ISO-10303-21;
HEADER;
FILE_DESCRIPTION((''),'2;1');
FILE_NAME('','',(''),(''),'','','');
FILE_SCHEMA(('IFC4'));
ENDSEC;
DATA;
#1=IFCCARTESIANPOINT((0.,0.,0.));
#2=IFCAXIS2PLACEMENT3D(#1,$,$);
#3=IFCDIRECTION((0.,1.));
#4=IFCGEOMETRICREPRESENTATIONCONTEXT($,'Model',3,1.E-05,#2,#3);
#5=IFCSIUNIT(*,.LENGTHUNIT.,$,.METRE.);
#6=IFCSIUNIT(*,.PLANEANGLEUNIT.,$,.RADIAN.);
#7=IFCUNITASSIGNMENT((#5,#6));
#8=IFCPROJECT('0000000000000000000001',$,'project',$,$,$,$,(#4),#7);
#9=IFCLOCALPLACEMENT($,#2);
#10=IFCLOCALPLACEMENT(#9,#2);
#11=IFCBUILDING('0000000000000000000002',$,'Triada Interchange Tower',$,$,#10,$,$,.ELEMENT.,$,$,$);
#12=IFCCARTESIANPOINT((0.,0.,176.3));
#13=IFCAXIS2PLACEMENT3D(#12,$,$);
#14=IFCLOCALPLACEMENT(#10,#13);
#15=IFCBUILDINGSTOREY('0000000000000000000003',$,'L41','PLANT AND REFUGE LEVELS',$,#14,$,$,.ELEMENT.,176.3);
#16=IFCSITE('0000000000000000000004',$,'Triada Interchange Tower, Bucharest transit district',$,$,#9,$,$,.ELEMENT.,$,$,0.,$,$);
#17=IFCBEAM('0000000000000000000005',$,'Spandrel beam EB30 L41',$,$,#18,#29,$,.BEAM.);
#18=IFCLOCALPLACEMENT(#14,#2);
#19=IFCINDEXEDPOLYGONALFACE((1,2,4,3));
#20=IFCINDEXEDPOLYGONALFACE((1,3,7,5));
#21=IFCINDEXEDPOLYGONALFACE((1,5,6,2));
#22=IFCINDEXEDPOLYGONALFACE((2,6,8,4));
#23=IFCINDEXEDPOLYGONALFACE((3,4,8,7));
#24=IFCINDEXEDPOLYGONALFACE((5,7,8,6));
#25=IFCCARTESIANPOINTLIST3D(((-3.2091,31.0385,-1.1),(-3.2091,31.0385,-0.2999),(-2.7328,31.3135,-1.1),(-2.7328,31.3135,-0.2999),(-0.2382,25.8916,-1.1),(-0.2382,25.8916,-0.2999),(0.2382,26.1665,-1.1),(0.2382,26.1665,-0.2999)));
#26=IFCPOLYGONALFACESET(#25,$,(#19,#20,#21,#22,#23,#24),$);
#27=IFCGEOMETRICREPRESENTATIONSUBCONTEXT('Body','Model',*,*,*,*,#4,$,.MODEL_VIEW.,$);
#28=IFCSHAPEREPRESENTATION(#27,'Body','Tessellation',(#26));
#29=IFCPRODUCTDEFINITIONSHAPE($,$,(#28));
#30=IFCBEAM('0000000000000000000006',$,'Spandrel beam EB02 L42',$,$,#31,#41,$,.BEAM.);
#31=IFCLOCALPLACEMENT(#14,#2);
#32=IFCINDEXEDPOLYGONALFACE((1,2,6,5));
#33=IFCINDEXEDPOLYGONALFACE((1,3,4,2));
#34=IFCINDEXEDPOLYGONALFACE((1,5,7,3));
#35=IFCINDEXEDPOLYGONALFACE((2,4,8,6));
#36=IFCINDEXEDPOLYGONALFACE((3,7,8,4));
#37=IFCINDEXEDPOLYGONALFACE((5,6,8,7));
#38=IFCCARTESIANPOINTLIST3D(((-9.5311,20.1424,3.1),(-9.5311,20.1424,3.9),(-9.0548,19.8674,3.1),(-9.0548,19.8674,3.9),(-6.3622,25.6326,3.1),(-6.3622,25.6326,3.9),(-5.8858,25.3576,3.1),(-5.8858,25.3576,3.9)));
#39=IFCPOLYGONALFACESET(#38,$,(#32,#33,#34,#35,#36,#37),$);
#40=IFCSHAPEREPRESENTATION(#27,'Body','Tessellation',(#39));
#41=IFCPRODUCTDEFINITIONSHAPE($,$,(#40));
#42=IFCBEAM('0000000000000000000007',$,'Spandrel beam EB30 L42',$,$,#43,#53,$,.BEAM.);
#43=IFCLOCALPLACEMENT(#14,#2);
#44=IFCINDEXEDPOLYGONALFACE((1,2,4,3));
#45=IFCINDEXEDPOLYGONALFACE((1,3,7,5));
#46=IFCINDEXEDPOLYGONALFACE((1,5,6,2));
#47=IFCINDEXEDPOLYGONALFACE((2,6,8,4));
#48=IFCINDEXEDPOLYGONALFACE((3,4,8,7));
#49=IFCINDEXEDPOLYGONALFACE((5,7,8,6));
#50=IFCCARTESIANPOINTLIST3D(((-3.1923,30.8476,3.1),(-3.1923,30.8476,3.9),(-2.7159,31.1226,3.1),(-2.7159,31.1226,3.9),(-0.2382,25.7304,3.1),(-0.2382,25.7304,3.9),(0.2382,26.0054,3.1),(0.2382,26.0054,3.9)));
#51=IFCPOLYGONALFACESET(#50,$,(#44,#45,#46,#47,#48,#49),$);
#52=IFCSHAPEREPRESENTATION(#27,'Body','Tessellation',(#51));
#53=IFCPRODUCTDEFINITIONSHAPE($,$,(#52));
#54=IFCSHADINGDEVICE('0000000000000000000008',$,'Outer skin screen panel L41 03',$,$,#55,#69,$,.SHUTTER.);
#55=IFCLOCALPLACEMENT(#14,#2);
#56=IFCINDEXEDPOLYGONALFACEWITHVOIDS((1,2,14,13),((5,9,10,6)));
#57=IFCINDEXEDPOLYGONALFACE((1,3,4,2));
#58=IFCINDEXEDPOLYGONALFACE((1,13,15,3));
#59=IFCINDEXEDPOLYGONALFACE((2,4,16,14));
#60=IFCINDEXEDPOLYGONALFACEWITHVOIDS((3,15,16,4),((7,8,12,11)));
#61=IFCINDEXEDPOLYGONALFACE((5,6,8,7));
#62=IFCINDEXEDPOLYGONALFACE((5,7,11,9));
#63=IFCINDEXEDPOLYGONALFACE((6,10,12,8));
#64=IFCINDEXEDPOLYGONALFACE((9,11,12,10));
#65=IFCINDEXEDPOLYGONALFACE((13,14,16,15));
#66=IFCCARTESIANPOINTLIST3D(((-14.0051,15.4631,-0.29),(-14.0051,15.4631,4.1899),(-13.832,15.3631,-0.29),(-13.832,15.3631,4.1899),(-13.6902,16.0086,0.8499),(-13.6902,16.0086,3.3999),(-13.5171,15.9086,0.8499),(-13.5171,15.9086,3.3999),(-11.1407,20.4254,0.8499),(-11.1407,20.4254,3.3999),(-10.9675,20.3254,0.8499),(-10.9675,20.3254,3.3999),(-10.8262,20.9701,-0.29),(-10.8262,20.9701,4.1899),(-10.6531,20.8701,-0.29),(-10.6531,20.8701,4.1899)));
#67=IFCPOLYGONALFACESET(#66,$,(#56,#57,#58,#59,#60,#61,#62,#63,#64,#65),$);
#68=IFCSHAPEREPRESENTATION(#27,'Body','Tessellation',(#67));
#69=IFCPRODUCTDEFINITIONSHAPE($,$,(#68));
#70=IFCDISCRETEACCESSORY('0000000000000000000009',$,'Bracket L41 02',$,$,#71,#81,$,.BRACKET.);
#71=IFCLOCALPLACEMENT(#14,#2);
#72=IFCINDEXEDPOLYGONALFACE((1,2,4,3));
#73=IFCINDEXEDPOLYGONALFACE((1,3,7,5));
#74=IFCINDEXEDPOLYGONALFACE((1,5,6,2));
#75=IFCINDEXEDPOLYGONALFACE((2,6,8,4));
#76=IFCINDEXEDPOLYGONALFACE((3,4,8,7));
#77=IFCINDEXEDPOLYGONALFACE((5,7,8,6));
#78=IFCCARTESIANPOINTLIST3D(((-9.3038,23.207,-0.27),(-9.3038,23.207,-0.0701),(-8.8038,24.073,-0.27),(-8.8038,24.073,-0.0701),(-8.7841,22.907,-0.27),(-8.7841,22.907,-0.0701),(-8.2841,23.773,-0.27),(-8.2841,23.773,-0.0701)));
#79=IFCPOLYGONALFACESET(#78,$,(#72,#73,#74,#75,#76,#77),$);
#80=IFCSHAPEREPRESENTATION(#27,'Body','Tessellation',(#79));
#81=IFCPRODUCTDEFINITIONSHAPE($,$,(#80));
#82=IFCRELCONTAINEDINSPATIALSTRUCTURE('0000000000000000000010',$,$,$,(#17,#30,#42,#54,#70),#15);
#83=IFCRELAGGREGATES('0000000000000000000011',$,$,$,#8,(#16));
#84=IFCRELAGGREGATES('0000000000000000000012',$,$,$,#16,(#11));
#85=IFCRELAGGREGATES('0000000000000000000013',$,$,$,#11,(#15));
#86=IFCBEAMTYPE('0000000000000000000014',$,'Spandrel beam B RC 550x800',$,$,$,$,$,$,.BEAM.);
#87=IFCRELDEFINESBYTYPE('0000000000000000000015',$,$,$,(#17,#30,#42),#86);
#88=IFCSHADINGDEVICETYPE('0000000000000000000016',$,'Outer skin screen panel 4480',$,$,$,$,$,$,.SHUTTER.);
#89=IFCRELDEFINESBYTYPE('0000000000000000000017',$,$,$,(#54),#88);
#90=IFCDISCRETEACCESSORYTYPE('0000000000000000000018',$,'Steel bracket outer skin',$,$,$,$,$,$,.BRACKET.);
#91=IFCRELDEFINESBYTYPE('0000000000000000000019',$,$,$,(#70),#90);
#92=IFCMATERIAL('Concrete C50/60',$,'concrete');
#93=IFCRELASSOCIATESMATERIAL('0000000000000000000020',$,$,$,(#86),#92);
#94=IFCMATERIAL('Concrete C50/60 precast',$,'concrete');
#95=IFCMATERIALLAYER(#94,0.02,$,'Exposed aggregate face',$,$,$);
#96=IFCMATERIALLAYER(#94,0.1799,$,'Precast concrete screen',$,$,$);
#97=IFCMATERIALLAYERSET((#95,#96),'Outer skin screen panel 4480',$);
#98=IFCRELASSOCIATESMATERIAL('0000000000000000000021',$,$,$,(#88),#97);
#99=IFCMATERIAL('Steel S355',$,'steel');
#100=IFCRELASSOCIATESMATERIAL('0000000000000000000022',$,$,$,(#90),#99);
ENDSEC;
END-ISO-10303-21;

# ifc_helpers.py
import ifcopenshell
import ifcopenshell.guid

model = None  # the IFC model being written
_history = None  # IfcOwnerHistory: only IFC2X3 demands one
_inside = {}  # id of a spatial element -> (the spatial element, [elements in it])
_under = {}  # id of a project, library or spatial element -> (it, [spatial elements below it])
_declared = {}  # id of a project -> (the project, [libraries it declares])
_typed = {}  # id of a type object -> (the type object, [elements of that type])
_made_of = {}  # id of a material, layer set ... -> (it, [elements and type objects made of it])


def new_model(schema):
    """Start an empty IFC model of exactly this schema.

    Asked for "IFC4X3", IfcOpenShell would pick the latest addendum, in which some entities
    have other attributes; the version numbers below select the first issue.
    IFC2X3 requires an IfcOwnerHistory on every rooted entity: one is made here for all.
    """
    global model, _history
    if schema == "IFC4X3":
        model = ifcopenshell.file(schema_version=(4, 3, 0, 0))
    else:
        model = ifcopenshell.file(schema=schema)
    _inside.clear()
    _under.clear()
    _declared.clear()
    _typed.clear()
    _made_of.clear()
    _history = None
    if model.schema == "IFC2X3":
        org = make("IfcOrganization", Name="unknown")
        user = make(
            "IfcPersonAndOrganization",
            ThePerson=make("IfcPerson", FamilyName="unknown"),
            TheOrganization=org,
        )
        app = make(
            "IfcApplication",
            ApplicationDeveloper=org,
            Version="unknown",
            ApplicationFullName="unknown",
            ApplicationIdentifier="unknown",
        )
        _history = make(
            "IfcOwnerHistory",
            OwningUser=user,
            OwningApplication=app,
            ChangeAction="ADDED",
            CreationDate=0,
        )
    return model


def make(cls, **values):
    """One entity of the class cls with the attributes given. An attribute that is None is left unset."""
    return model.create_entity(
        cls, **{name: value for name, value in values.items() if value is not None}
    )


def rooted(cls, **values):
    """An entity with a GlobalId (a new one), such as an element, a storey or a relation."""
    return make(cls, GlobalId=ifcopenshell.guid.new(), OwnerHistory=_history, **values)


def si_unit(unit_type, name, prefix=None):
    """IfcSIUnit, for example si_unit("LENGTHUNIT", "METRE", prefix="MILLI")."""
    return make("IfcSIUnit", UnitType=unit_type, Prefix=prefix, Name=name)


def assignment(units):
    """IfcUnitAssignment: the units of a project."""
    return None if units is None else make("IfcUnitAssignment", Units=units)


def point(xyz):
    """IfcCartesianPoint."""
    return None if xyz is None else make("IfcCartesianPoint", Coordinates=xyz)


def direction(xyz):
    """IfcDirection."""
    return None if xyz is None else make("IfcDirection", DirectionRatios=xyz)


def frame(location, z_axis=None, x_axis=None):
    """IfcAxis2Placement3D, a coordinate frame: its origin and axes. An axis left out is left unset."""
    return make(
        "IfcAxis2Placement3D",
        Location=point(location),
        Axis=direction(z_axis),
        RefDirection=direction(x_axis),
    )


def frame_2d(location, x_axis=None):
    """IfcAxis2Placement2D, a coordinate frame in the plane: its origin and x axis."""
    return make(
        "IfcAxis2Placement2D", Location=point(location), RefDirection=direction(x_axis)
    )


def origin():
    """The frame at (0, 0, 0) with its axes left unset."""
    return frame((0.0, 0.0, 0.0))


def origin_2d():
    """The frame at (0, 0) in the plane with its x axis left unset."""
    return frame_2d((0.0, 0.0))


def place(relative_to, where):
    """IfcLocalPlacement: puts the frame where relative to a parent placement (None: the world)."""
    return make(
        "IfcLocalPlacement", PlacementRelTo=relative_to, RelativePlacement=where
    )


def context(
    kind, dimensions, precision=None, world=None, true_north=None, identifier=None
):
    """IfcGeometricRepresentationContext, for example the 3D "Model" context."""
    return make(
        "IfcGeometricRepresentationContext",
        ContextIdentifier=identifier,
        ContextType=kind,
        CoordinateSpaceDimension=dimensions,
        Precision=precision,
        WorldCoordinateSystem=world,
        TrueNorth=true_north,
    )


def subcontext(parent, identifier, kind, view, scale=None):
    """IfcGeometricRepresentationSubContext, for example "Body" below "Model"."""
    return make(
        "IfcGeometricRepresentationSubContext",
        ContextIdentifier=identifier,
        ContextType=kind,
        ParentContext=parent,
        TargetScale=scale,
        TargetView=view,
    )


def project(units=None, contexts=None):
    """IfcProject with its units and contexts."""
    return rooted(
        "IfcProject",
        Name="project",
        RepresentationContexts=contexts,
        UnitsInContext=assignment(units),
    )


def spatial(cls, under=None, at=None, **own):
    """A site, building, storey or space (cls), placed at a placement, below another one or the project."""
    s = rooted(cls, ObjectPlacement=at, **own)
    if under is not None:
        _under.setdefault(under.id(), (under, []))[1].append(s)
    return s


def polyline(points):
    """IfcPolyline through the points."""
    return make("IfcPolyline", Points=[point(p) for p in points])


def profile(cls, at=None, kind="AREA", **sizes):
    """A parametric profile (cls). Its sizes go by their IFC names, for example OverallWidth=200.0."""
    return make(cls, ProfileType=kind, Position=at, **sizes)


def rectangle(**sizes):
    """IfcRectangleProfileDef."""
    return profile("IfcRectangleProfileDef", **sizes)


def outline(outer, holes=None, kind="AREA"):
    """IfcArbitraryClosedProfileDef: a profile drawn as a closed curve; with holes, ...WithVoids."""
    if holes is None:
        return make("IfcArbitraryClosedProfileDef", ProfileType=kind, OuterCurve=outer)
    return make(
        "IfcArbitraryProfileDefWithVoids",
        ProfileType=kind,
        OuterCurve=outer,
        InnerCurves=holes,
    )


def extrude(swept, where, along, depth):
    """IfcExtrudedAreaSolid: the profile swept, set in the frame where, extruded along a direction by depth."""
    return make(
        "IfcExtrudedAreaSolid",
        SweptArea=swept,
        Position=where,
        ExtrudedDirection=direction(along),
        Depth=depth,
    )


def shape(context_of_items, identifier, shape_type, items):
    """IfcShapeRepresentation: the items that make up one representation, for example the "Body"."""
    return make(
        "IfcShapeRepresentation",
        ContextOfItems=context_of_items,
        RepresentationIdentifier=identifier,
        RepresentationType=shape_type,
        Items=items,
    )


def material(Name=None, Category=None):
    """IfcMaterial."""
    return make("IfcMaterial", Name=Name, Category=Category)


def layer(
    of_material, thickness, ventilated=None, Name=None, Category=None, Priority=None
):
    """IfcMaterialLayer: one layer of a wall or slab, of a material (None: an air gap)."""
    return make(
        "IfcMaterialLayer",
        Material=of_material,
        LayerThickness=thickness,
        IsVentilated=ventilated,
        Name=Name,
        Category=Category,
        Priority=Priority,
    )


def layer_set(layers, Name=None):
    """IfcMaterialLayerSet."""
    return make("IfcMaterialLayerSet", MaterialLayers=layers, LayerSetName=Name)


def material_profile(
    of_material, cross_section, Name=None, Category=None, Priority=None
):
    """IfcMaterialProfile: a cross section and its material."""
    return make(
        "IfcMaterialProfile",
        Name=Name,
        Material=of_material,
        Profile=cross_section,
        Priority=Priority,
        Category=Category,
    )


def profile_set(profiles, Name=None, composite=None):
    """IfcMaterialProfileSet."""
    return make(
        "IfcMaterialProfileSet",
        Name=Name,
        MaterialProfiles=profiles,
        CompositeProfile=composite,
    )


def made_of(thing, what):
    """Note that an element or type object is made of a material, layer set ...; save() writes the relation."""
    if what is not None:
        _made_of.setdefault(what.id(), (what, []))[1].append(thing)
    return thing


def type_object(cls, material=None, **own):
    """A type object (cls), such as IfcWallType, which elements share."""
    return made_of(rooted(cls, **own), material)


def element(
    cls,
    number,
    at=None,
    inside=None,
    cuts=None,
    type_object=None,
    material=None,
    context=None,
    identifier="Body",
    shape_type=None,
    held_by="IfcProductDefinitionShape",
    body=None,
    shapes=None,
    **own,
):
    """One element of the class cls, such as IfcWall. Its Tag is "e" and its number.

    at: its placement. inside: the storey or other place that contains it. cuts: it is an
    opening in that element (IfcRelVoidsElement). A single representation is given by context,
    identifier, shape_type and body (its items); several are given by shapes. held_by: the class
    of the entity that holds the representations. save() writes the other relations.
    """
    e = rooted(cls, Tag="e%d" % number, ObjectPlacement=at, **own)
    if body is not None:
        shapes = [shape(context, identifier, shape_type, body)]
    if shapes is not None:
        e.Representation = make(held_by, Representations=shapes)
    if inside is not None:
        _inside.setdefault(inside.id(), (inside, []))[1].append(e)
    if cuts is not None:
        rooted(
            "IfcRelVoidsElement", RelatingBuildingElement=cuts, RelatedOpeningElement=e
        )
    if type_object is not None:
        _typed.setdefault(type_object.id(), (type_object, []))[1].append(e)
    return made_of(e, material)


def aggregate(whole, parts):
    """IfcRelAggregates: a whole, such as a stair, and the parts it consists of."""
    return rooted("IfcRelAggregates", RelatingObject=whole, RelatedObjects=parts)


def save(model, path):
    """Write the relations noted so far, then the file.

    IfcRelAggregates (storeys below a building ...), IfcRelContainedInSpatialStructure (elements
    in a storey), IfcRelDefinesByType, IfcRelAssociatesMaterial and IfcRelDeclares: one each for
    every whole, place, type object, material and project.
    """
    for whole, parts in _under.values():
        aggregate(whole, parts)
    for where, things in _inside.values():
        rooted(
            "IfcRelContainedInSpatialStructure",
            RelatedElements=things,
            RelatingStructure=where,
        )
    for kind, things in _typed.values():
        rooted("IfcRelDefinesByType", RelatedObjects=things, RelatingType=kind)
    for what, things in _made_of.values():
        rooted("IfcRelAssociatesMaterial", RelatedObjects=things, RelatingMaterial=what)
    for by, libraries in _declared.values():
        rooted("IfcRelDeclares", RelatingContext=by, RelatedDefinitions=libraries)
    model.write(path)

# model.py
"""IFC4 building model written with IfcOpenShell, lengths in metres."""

from ifc_helpers import new_model, si_unit, direction, frame, origin, origin_2d, place, context, subcontext, project, spatial, polyline, rectangle, outline, extrude, material, layer, layer_set, material_profile, profile_set, type_object, element, save


model = new_model("IFC4")

# Units and contexts
model_context = context("Model", 3, precision=1e-05, world=origin(), true_north=direction((0.0, 1.0)))
body_context = subcontext(model_context, "Body", "Model", "MODEL_VIEW")
ifc_project = project(units=[si_unit("LENGTHUNIT", "METRE"), si_unit("PLANEANGLEUNIT", "RADIAN")], contexts=[model_context])

# Site, building, storey
site_placement = place(None, origin())
site = spatial("IfcSite", under=ifc_project, at=site_placement, Name="Triada Interchange Tower, Bucharest transit district", CompositionType="ELEMENT", RefElevation=0.0)
building_placement = place(site_placement, origin())
building = spatial("IfcBuilding", under=site, at=building_placement, Name="Triada Interchange Tower", CompositionType="ELEMENT")
storey_placement = place(building_placement, frame((0.0, 0.0, 176.3)))
storey = spatial("IfcBuildingStorey", under=building, at=storey_placement, Name="L41", Description="PLANT AND REFUGE LEVELS", CompositionType="ELEMENT", Elevation=176.3)

# Shared definitions
ifc_material_1 = material(Name="Steel S355", Category="steel")

# Beams
ifc_material_2 = material(Name="Concrete C50/60", Category="concrete")
ifc_material_profile_1 = material_profile(ifc_material_2, rectangle(XDim=0.55, YDim=0.8, at=origin_2d()), Name="RC 550x800")
ifc_profile_set_1 = profile_set([ifc_material_profile_1], Name="Concrete C50/60")
beam_type_1 = type_object("IfcBeamType", Name="Spandrel beam B RC 550x800", PredefinedType="BEAM", material=ifc_profile_set_1)
beam_1_placement = place(storey_placement, frame((0.0, 26.0291, -0.7), z_axis=(-0.499917, 0.866073, 0.0), x_axis=(-0.866073, -0.499917, 0.0)))
element("IfcBeam", 1, at=beam_1_placement, inside=storey, type_object=beam_type_1, Name="Spandrel beam EB30 L41", PredefinedType="BEAM", context=body_context, shape_type="SweptSolid", body=[
    extrude(rectangle(XDim=0.55, YDim=0.8, at=origin_2d()), origin(), (0.0, 0.0, 1.0), 5.9429),
])
beam_2_placement = place(storey_placement, frame((-6.124, 25.4951, 3.5), z_axis=(-0.4999, -0.866083, 0.0), x_axis=(0.866083, -0.4999, 0.0)))
element("IfcBeam", 2, at=beam_2_placement, inside=storey, type_object=beam_type_1, Name="Spandrel beam EB02 L42", PredefinedType="BEAM", context=body_context, shape_type="SweptSolid", body=[
    extrude(rectangle(XDim=0.55, YDim=0.8, at=origin_2d()), origin(), (0.0, 0.0, 1.0), 6.3391),
])
beam_3_placement = place(storey_placement, frame((0.0, 25.8679, 3.5), z_axis=(-0.499961, 0.866048, 0.0), x_axis=(-0.866048, -0.499961, 0.0)))
element("IfcBeam", 3, at=beam_3_placement, inside=storey, type_object=beam_type_1, Name="Spandrel beam EB30 L42", PredefinedType="BEAM", context=body_context, shape_type="SweptSolid", body=[
    extrude(rectangle(XDim=0.55, YDim=0.8, at=origin_2d()), origin(), (0.0, 0.0, 1.0), 5.9087),
])

# Shading device
ifc_material_3 = material(Name="Concrete C50/60 precast", Category="concrete")
ifc_layer_1 = layer(ifc_material_3, 0.02, Name="Exposed aggregate face")
ifc_layer_2 = layer(ifc_material_3, 0.1799, Name="Precast concrete screen")
ifc_layer_set = layer_set([ifc_layer_1, ifc_layer_2], Name="Outer skin screen panel 4480")
shading_device_type = type_object("IfcShadingDeviceType", Name="Outer skin screen panel 4480", PredefinedType="SHUTTER", material=ifc_layer_set)
shading_device_placement = place(storey_placement, frame((-10.6531, 20.8701, -0.29), z_axis=(0.0, 0.0, 1.0), x_axis=(-0.499934, -0.866063, 0.0)))
element("IfcShadingDevice", 4, at=shading_device_placement, inside=storey, type_object=shading_device_type, Name="Outer skin screen panel L41 03", PredefinedType="SHUTTER", context=body_context, shape_type="SweptSolid", body=[
    extrude(outline(polyline([(0.0, 0.0), (6.3586, 0.0), (6.3586, 4.48), (0.0, 4.48), (0.0, 0.0)]), holes=[polyline([(0.6289, 1.1399), (0.6289, 3.6899), (5.7288, 3.6899), (5.7288, 1.1399), (0.6289, 1.1399)])]), frame((0.0, 0.0, 0.0), z_axis=(0.0, -1.0, 0.0), x_axis=(1.0, 0.0, 0.0)), (0.0, 0.0, 1.0), 0.2),
])

# Discrete accessory
discrete_accessory_type = type_object("IfcDiscreteAccessoryType", Name="Steel bracket outer skin", PredefinedType="BRACKET", material=ifc_material_1)
discrete_accessory_placement = place(storey_placement, frame((-8.7939, 23.49, -0.27), z_axis=(0.0, 0.0, 1.0), x_axis=(-0.86603, 0.499993, 0.0)))
element("IfcDiscreteAccessory", 5, at=discrete_accessory_placement, inside=storey, type_object=discrete_accessory_type, Name="Bracket L41 02", PredefinedType="BRACKET", context=body_context, shape_type="SweptSolid", body=[
    extrude(rectangle(XDim=0.6001, YDim=1.0, at=origin_2d()), origin(), (0.0, 0.0, 1.0), 0.2),
])

save(model, "model.ifc")
